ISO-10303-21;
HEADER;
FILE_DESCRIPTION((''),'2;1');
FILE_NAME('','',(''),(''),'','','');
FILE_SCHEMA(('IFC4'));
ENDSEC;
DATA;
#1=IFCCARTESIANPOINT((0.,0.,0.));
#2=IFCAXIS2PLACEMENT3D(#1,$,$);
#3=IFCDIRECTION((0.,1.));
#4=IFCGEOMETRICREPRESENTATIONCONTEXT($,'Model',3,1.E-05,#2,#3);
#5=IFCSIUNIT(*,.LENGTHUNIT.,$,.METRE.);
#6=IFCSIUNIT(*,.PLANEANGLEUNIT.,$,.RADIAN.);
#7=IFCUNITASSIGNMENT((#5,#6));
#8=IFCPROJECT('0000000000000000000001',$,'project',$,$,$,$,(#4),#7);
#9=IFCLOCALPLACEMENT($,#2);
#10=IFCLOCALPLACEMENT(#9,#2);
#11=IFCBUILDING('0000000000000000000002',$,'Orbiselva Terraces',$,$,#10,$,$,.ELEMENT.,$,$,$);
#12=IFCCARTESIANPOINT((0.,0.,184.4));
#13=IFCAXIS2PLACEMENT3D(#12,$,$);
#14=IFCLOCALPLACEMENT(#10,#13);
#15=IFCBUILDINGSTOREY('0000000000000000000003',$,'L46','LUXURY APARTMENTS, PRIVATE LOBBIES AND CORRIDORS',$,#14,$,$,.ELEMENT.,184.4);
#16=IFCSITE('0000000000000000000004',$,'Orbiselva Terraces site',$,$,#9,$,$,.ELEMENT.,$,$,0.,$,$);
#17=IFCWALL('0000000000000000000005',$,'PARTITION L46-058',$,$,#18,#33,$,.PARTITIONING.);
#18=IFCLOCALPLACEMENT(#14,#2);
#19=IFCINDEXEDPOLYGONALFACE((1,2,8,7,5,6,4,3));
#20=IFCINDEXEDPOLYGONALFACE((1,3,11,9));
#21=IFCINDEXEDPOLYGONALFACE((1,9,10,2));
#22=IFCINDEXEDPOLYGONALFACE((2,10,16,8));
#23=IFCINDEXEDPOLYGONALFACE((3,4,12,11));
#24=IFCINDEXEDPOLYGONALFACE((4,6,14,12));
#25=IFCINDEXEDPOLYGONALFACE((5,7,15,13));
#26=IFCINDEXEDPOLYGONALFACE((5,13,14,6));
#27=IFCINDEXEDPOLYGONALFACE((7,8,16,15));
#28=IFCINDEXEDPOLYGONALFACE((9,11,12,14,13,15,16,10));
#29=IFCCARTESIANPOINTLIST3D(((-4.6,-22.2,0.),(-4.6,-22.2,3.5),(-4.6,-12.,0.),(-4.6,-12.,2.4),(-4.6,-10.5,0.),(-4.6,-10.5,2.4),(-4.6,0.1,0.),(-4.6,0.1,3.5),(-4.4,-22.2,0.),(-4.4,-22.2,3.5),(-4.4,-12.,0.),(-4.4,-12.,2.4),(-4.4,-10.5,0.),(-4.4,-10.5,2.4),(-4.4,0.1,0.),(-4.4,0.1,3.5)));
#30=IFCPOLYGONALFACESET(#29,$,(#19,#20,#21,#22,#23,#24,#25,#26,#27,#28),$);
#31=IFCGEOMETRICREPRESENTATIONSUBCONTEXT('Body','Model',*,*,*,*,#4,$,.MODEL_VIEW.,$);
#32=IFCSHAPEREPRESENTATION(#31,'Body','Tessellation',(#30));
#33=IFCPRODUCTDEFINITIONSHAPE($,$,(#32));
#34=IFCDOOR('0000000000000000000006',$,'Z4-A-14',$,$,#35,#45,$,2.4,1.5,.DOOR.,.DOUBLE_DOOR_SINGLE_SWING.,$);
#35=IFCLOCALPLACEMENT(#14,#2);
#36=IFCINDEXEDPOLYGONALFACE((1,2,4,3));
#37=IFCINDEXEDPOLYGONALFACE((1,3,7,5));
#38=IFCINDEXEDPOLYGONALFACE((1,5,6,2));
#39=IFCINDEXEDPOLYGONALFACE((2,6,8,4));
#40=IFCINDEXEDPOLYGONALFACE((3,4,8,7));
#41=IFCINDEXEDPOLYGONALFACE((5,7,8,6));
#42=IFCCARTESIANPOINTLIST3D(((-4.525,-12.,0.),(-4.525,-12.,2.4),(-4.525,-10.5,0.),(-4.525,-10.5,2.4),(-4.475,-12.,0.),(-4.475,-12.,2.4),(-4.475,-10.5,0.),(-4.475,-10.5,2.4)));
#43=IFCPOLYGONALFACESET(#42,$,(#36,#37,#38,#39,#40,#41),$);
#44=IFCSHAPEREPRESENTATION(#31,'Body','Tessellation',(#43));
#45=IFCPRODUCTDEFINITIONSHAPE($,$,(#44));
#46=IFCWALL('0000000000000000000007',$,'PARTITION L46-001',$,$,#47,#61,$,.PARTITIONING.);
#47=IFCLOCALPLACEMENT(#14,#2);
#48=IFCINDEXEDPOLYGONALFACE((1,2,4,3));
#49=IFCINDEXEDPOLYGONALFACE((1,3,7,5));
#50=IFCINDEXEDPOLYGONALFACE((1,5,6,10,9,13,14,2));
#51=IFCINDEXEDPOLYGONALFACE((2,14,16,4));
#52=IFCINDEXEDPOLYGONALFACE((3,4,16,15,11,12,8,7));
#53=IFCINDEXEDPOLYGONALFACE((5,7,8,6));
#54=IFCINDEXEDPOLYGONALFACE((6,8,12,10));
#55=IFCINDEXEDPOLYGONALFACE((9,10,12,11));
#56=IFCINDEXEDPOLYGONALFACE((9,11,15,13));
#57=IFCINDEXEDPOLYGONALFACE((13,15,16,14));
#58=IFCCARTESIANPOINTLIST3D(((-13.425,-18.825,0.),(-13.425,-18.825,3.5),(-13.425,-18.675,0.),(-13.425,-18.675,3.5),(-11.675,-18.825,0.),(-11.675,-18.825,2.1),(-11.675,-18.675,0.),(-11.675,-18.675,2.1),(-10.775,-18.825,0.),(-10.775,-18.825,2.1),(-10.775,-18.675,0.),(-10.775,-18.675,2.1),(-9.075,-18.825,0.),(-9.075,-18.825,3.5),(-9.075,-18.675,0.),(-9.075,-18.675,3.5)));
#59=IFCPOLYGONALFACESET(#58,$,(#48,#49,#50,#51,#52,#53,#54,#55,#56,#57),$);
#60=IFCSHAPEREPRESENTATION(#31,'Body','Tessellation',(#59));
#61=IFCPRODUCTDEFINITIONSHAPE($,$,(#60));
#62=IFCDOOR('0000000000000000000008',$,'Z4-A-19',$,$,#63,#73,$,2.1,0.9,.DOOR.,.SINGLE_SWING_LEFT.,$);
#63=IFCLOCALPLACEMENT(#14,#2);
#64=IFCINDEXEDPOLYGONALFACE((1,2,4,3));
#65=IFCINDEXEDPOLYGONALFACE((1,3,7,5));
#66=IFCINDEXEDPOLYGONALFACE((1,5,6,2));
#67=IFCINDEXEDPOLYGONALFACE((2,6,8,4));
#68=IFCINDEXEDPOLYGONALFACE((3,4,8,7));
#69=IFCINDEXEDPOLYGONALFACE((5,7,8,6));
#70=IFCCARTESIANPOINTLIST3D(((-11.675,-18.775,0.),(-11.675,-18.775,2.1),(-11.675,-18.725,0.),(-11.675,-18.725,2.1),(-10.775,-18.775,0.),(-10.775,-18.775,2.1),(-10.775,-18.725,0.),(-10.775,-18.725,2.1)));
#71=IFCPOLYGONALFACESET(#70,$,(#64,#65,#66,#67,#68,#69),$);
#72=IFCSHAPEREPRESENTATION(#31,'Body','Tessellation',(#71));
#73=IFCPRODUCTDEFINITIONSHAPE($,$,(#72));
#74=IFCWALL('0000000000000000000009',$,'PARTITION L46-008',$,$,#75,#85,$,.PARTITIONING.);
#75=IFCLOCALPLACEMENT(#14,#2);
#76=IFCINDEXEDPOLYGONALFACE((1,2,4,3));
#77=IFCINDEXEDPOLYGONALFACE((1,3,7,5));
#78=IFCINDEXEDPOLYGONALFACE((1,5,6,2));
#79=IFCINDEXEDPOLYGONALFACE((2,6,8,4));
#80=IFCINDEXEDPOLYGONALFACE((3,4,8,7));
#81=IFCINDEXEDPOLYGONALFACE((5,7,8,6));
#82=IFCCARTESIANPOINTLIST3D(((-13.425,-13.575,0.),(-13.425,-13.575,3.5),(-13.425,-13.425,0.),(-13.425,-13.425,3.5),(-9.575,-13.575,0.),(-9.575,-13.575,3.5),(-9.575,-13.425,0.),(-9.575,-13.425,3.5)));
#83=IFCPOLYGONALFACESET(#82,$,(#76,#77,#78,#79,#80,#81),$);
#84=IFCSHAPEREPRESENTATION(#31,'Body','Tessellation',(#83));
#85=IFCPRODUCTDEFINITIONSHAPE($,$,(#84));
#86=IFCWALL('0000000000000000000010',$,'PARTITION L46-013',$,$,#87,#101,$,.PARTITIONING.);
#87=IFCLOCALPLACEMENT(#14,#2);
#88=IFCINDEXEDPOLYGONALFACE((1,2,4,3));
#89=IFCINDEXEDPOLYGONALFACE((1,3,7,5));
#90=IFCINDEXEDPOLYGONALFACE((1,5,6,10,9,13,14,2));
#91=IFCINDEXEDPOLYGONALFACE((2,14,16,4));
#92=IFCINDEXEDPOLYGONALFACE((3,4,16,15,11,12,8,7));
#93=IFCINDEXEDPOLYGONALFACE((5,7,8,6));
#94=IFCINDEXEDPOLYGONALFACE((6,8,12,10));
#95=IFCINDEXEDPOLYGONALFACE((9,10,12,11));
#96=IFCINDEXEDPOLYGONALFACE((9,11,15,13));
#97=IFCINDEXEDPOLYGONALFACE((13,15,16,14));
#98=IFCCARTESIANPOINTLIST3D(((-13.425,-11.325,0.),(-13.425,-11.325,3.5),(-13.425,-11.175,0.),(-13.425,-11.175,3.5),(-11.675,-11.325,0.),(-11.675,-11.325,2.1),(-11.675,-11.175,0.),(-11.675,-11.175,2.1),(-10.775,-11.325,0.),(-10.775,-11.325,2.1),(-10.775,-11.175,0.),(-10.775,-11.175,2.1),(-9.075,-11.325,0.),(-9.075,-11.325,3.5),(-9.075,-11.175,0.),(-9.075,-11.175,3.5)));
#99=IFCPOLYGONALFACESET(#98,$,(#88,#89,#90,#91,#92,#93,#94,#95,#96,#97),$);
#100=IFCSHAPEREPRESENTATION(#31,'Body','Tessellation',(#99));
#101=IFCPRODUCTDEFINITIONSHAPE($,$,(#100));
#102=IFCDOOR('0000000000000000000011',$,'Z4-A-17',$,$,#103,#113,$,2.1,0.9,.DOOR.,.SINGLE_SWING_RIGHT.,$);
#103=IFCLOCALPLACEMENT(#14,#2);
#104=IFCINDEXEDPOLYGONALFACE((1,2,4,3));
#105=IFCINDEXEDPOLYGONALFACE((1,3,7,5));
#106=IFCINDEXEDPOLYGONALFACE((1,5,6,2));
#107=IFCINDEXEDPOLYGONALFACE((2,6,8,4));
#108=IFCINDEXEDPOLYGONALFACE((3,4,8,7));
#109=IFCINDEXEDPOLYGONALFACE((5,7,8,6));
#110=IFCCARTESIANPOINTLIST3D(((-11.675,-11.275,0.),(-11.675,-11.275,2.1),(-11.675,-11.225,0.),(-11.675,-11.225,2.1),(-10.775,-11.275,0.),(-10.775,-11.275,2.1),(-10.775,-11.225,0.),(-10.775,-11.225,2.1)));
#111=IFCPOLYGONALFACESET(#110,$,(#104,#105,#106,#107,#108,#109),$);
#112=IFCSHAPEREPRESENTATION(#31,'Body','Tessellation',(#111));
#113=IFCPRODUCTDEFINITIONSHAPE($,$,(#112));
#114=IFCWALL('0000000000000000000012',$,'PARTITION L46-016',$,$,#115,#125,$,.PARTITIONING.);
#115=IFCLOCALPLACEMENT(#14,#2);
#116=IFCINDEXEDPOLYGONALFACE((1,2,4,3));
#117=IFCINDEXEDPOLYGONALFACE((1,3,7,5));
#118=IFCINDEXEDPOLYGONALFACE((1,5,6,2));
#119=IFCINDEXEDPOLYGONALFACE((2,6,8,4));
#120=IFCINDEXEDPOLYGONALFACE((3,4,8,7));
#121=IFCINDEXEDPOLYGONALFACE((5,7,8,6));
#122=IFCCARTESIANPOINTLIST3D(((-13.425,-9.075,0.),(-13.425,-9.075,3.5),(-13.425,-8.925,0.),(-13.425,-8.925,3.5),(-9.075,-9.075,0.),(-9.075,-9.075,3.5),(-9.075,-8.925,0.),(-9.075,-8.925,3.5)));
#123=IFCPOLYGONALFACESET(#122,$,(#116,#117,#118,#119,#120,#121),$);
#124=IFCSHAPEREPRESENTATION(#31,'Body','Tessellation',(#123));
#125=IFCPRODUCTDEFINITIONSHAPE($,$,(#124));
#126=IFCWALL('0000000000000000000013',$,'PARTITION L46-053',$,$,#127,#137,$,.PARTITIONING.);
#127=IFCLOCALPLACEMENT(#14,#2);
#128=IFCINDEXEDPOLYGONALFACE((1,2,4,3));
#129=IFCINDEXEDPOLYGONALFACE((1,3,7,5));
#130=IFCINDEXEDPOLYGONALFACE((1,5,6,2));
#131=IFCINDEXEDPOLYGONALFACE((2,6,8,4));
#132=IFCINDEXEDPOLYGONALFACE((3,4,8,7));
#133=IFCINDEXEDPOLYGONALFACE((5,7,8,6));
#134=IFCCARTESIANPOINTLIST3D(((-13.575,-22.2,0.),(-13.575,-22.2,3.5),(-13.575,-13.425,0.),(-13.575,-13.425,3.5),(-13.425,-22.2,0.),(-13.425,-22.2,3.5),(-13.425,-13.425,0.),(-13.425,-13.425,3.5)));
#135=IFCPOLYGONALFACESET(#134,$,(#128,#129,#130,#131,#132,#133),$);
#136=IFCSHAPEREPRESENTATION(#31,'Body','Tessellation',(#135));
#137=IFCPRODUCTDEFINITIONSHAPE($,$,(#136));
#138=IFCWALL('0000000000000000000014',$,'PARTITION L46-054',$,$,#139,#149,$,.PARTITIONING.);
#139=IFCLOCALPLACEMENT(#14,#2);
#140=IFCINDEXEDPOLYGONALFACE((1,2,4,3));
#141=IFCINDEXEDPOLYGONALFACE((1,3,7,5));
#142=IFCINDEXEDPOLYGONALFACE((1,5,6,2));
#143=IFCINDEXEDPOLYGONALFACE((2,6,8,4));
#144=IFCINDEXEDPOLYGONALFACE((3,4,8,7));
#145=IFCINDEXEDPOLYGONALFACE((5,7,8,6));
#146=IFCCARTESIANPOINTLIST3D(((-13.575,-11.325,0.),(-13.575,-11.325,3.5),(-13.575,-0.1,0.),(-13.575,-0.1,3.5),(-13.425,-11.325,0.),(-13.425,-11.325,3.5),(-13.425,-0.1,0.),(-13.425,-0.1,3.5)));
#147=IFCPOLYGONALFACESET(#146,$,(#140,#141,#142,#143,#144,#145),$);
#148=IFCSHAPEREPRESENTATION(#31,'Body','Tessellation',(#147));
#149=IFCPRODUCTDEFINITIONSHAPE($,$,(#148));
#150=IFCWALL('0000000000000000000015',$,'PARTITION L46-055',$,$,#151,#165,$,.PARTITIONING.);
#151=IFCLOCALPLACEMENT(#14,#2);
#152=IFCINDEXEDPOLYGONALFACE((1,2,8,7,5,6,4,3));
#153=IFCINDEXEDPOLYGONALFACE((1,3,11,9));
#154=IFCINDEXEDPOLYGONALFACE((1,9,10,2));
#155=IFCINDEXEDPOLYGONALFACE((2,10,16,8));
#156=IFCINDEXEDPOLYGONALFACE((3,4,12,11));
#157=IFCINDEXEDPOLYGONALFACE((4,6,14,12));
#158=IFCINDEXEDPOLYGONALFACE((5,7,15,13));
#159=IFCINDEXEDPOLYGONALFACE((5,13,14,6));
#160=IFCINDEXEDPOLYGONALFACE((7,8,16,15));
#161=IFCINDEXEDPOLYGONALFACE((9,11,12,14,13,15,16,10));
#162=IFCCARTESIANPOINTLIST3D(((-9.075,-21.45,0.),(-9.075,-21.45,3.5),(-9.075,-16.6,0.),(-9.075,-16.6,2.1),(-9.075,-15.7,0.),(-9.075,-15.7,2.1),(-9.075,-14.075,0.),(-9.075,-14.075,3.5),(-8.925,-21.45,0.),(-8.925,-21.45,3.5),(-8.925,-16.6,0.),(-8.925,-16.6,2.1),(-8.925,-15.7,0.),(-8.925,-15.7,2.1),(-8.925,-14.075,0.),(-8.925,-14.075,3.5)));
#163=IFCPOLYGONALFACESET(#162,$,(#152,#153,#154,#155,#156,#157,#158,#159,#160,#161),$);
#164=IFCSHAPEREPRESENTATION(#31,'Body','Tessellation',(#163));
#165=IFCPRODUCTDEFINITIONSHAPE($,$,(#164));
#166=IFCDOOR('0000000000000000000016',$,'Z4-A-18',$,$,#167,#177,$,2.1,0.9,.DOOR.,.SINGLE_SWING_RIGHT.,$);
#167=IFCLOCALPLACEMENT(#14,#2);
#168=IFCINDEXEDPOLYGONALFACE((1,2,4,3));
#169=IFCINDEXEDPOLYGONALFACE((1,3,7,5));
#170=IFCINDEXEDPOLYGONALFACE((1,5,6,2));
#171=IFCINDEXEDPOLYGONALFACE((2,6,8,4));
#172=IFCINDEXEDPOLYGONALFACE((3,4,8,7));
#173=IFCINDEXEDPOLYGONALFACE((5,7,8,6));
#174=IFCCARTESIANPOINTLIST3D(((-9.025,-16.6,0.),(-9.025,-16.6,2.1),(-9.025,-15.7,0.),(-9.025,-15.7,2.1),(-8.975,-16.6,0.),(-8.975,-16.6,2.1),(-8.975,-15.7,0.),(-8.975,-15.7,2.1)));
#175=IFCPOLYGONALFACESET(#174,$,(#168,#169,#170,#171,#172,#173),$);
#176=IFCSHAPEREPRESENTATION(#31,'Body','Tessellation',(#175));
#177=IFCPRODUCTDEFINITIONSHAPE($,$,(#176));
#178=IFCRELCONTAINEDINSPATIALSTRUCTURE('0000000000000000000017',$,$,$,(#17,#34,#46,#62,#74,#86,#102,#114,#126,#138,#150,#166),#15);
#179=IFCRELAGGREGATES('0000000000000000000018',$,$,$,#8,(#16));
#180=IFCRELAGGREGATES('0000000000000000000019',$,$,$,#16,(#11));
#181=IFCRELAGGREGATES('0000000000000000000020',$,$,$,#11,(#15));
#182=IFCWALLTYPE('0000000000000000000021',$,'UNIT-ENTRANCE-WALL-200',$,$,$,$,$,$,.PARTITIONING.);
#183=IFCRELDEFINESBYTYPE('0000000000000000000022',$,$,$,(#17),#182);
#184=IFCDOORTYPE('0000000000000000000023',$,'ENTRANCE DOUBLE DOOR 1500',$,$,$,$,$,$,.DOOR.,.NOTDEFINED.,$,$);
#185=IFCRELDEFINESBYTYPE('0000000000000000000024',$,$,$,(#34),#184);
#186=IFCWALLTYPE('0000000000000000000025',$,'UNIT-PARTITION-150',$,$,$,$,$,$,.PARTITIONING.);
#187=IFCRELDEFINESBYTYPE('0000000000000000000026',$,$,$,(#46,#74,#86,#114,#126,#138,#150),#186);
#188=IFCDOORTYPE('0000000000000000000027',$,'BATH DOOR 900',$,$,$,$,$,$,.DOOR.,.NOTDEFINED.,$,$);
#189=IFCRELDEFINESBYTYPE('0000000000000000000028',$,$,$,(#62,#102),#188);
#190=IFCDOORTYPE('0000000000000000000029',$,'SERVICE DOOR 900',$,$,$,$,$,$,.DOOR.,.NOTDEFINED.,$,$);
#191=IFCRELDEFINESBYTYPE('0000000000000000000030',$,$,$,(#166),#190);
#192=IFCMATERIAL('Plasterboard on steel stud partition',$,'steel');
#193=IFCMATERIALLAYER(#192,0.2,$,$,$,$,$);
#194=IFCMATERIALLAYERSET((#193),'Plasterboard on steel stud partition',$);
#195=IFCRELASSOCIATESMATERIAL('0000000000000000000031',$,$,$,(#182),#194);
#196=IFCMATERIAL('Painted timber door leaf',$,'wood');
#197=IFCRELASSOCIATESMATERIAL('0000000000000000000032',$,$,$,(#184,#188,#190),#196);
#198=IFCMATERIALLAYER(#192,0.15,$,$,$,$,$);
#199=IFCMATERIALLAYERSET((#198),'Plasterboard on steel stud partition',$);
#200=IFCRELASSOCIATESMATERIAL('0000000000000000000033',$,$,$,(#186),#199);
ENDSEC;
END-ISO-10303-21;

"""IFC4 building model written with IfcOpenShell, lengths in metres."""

from ifc_helpers import new_model, si_unit, direction, frame, frame_2d, origin, place, context, subcontext, project, spatial, rectangle, extrude, material, layer, layer_set, type_object, element, fill, save


model = new_model("IFC4")

# Units and contexts
model_context = context("Model", 3, precision=1e-05, world=origin(), true_north=direction((0.0, 1.0)))
body_context = subcontext(model_context, "Body", "Model", "MODEL_VIEW")
ifc_project = project(units=[si_unit("LENGTHUNIT", "METRE"), si_unit("PLANEANGLEUNIT", "RADIAN")], contexts=[model_context])

# Site, building, storey
site_placement = place(None, origin())
site = spatial("IfcSite", under=ifc_project, at=site_placement, Name="Orbiselva Terraces site", CompositionType="ELEMENT", RefElevation=0.0)
building_placement = place(site_placement, origin())
building = spatial("IfcBuilding", under=site, at=building_placement, Name="Orbiselva Terraces", CompositionType="ELEMENT")
storey_placement = place(building_placement, frame((0.0, 0.0, 184.4)))
storey = spatial("IfcBuildingStorey", under=building, at=storey_placement, Name="L46", Description="LUXURY APARTMENTS, PRIVATE LOBBIES AND CORRIDORS", CompositionType="ELEMENT", Elevation=184.4)

# Walls, openings, doors
ifc_material_1 = material(Name="Plasterboard on steel stud partition", Category="steel")
ifc_layer_1 = layer(ifc_material_1, 0.2)
ifc_layer_set_1 = layer_set([ifc_layer_1], Name="Plasterboard on steel stud partition")
wall_type_1 = type_object("IfcWallType", Name="UNIT-ENTRANCE-WALL-200", PredefinedType="PARTITIONING", material=ifc_layer_set_1)
wall_1_placement = place(storey_placement, frame((-4.5, -22.2, 0.0), z_axis=(0.0, 0.0, 1.0), x_axis=(0.0, 1.0, 0.0)))
wall_1 = element("IfcWall", 1, at=wall_1_placement, inside=storey, type_object=wall_type_1, Name="PARTITION L46-058", PredefinedType="PARTITIONING", context=body_context, shape_type="SweptSolid", body=[
    extrude(rectangle(XDim=22.3, YDim=0.2, at=frame_2d((11.15, 0.0))), origin(), (0.0, 0.0, 1.0), 3.5),
])
opening_1_placement = place(wall_1_placement, frame((10.2, 0.0, 0.0)))
opening_1 = element("IfcOpeningElement", 2, at=opening_1_placement, cuts=wall_1, PredefinedType="OPENING", context=body_context, shape_type="SweptSolid", body=[
    extrude(rectangle(XDim=1.5, YDim=2.4, at=frame_2d((0.75, 1.2))), frame((0.0, 0.11, 0.0), z_axis=(0.0, -1.0, 0.0), x_axis=(1.0, 0.0, 0.0)), (0.0, 0.0, 1.0), 0.22),
])
ifc_material_2 = material(Name="Painted timber door leaf", Category="wood")
door_type_1 = type_object("IfcDoorType", Name="ENTRANCE DOUBLE DOOR 1500", OperationType="NOTDEFINED", PredefinedType="DOOR", material=ifc_material_2)
door_1_placement = place(opening_1_placement, origin())
door_1 = element("IfcDoor", 3, at=door_1_placement, inside=storey, type_object=door_type_1, Name="Z4-A-14", OperationType="DOUBLE_DOOR_SINGLE_SWING", OverallHeight=2.4, OverallWidth=1.5, PredefinedType="DOOR", context=body_context, shape_type="SweptSolid", body=[
    extrude(rectangle(XDim=1.5, YDim=2.4, at=frame_2d((0.75, 1.2))), frame((0.0, 0.025, 0.0), z_axis=(0.0, -1.0, 0.0), x_axis=(1.0, 0.0, 0.0)), (0.0, 0.0, 1.0), 0.05),
])
fill(opening_1, door_1)
ifc_layer_2 = layer(ifc_material_1, 0.15)
ifc_layer_set_2 = layer_set([ifc_layer_2], Name="Plasterboard on steel stud partition")
wall_type_2 = type_object("IfcWallType", Name="UNIT-PARTITION-150", PredefinedType="PARTITIONING", material=ifc_layer_set_2)
wall_2_placement = place(storey_placement, frame((-9.075, -18.75, 0.0), z_axis=(0.0, 0.0, 1.0), x_axis=(-1.0, 0.0, 0.0)))
wall_2 = element("IfcWall", 4, at=wall_2_placement, inside=storey, type_object=wall_type_2, Name="PARTITION L46-001", PredefinedType="PARTITIONING", context=body_context, shape_type="SweptSolid", body=[
    extrude(rectangle(XDim=4.35, YDim=0.15, at=frame_2d((2.175, 0.0))), origin(), (0.0, 0.0, 1.0), 3.5),
])
opening_2_placement = place(wall_2_placement, frame((1.7, 0.0, 0.0)))
opening_2 = element("IfcOpeningElement", 5, at=opening_2_placement, cuts=wall_2, PredefinedType="OPENING", context=body_context, shape_type="SweptSolid", body=[
    extrude(rectangle(XDim=0.9, YDim=2.1, at=frame_2d((0.45, 1.05))), frame((0.0, 0.085, 0.0), z_axis=(0.0, -1.0, 0.0), x_axis=(1.0, 0.0, 0.0)), (0.0, 0.0, 1.0), 0.17),
])
door_type_2 = type_object("IfcDoorType", Name="BATH DOOR 900", OperationType="NOTDEFINED", PredefinedType="DOOR", material=ifc_material_2)
door_2_placement = place(opening_2_placement, origin())
door_2 = element("IfcDoor", 6, at=door_2_placement, inside=storey, type_object=door_type_2, Name="Z4-A-19", OperationType="SINGLE_SWING_LEFT", OverallHeight=2.1, OverallWidth=0.9, PredefinedType="DOOR", context=body_context, shape_type="SweptSolid", body=[
    extrude(rectangle(XDim=0.9, YDim=2.1, at=frame_2d((0.45, 1.05))), frame((0.0, 0.025, 0.0), z_axis=(0.0, -1.0, 0.0), x_axis=(1.0, 0.0, 0.0)), (0.0, 0.0, 1.0), 0.05),
])
fill(opening_2, door_2)

# Wall
wall_3_placement = place(storey_placement, frame((-13.425, -13.5, 0.0), z_axis=(0.0, 0.0, 1.0), x_axis=(1.0, 0.0, 0.0)))
element("IfcWall", 7, at=wall_3_placement, inside=storey, type_object=wall_type_2, Name="PARTITION L46-008", PredefinedType="PARTITIONING", context=body_context, shape_type="SweptSolid", body=[
    extrude(rectangle(XDim=3.85, YDim=0.15, at=frame_2d((1.925, 0.0))), origin(), (0.0, 0.0, 1.0), 3.5),
])

# Wall, opening, door
wall_4_placement = place(storey_placement, frame((-13.425, -11.25, 0.0), z_axis=(0.0, 0.0, 1.0), x_axis=(1.0, 0.0, 0.0)))
wall_4 = element("IfcWall", 8, at=wall_4_placement, inside=storey, type_object=wall_type_2, Name="PARTITION L46-013", PredefinedType="PARTITIONING", context=body_context, shape_type="SweptSolid", body=[
    extrude(rectangle(XDim=4.35, YDim=0.15, at=frame_2d((2.175, 0.0))), origin(), (0.0, 0.0, 1.0), 3.5),
])
opening_3_placement = place(wall_4_placement, frame((1.75, 0.0, 0.0)))
opening_3 = element("IfcOpeningElement", 9, at=opening_3_placement, cuts=wall_4, PredefinedType="OPENING", context=body_context, shape_type="SweptSolid", body=[
    extrude(rectangle(XDim=0.9, YDim=2.1, at=frame_2d((0.45, 1.05))), frame((0.0, 0.085, 0.0), z_axis=(0.0, -1.0, 0.0), x_axis=(1.0, 0.0, 0.0)), (0.0, 0.0, 1.0), 0.17),
])
door_3_placement = place(opening_3_placement, origin())
door_3 = element("IfcDoor", 10, at=door_3_placement, inside=storey, type_object=door_type_2, Name="Z4-A-17", OperationType="SINGLE_SWING_RIGHT", OverallHeight=2.1, OverallWidth=0.9, PredefinedType="DOOR", context=body_context, shape_type="SweptSolid", body=[
    extrude(rectangle(XDim=0.9, YDim=2.1, at=frame_2d((0.45, 1.05))), frame((0.0, 0.025, 0.0), z_axis=(0.0, -1.0, 0.0), x_axis=(1.0, 0.0, 0.0)), (0.0, 0.0, 1.0), 0.05),
])
fill(opening_3, door_3)

# Walls
wall_5_placement = place(storey_placement, frame((-13.425, -9.0, 0.0), z_axis=(0.0, 0.0, 1.0), x_axis=(1.0, 0.0, 0.0)))
element("IfcWall", 11, at=wall_5_placement, inside=storey, type_object=wall_type_2, Name="PARTITION L46-016", PredefinedType="PARTITIONING", context=body_context, shape_type="SweptSolid", body=[
    extrude(rectangle(XDim=4.35, YDim=0.15, at=frame_2d((2.175, 0.0))), origin(), (0.0, 0.0, 1.0), 3.5),
])
wall_6_placement = place(storey_placement, frame((-13.5, -22.2, 0.0), z_axis=(0.0, 0.0, 1.0), x_axis=(0.0, 1.0, 0.0)))
element("IfcWall", 12, at=wall_6_placement, inside=storey, type_object=wall_type_2, Name="PARTITION L46-053", PredefinedType="PARTITIONING", context=body_context, shape_type="SweptSolid", body=[
    extrude(rectangle(XDim=8.775, YDim=0.15, at=frame_2d((4.3875, 0.0))), origin(), (0.0, 0.0, 1.0), 3.5),
])
wall_7_placement = place(storey_placement, frame((-13.5, -11.325, 0.0), z_axis=(0.0, 0.0, 1.0), x_axis=(0.0, 1.0, 0.0)))
element("IfcWall", 13, at=wall_7_placement, inside=storey, type_object=wall_type_2, Name="PARTITION L46-054", PredefinedType="PARTITIONING", context=body_context, shape_type="SweptSolid", body=[
    extrude(rectangle(XDim=11.225, YDim=0.15, at=frame_2d((5.6125, 0.0))), origin(), (0.0, 0.0, 1.0), 3.5),
])

# Wall, opening, door
wall_8_placement = place(storey_placement, frame((-9.0, -21.45, 0.0), z_axis=(0.0, 0.0, 1.0), x_axis=(0.0, 1.0, 0.0)))
wall_8 = element("IfcWall", 14, at=wall_8_placement, inside=storey, type_object=wall_type_2, Name="PARTITION L46-055", PredefinedType="PARTITIONING", context=body_context, shape_type="SweptSolid", body=[
    extrude(rectangle(XDim=7.375, YDim=0.15, at=frame_2d((3.6875, 0.0))), origin(), (0.0, 0.0, 1.0), 3.5),
])
opening_4_placement = place(wall_8_placement, frame((4.85, 0.0, 0.0)))
opening_4 = element("IfcOpeningElement", 15, at=opening_4_placement, cuts=wall_8, PredefinedType="OPENING", context=body_context, shape_type="SweptSolid", body=[
    extrude(rectangle(XDim=0.9, YDim=2.1, at=frame_2d((0.45, 1.05))), frame((0.0, 0.085, 0.0), z_axis=(0.0, -1.0, 0.0), x_axis=(1.0, 0.0, 0.0)), (0.0, 0.0, 1.0), 0.17),
])
door_type_3 = type_object("IfcDoorType", Name="SERVICE DOOR 900", OperationType="NOTDEFINED", PredefinedType="DOOR", material=ifc_material_2)
door_4_placement = place(opening_4_placement, origin())
door_4 = element("IfcDoor", 16, at=door_4_placement, inside=storey, type_object=door_type_3, Name="Z4-A-18", OperationType="SINGLE_SWING_RIGHT", OverallHeight=2.1, OverallWidth=0.9, PredefinedType="DOOR", context=body_context, shape_type="SweptSolid", body=[
    extrude(rectangle(XDim=0.9, YDim=2.1, at=frame_2d((0.45, 1.05))), frame((0.0, 0.025, 0.0), z_axis=(0.0, -1.0, 0.0), x_axis=(1.0, 0.0, 0.0)), (0.0, 0.0, 1.0), 0.05),
])
fill(opening_4, door_4)

save(model, "model.ifc")
